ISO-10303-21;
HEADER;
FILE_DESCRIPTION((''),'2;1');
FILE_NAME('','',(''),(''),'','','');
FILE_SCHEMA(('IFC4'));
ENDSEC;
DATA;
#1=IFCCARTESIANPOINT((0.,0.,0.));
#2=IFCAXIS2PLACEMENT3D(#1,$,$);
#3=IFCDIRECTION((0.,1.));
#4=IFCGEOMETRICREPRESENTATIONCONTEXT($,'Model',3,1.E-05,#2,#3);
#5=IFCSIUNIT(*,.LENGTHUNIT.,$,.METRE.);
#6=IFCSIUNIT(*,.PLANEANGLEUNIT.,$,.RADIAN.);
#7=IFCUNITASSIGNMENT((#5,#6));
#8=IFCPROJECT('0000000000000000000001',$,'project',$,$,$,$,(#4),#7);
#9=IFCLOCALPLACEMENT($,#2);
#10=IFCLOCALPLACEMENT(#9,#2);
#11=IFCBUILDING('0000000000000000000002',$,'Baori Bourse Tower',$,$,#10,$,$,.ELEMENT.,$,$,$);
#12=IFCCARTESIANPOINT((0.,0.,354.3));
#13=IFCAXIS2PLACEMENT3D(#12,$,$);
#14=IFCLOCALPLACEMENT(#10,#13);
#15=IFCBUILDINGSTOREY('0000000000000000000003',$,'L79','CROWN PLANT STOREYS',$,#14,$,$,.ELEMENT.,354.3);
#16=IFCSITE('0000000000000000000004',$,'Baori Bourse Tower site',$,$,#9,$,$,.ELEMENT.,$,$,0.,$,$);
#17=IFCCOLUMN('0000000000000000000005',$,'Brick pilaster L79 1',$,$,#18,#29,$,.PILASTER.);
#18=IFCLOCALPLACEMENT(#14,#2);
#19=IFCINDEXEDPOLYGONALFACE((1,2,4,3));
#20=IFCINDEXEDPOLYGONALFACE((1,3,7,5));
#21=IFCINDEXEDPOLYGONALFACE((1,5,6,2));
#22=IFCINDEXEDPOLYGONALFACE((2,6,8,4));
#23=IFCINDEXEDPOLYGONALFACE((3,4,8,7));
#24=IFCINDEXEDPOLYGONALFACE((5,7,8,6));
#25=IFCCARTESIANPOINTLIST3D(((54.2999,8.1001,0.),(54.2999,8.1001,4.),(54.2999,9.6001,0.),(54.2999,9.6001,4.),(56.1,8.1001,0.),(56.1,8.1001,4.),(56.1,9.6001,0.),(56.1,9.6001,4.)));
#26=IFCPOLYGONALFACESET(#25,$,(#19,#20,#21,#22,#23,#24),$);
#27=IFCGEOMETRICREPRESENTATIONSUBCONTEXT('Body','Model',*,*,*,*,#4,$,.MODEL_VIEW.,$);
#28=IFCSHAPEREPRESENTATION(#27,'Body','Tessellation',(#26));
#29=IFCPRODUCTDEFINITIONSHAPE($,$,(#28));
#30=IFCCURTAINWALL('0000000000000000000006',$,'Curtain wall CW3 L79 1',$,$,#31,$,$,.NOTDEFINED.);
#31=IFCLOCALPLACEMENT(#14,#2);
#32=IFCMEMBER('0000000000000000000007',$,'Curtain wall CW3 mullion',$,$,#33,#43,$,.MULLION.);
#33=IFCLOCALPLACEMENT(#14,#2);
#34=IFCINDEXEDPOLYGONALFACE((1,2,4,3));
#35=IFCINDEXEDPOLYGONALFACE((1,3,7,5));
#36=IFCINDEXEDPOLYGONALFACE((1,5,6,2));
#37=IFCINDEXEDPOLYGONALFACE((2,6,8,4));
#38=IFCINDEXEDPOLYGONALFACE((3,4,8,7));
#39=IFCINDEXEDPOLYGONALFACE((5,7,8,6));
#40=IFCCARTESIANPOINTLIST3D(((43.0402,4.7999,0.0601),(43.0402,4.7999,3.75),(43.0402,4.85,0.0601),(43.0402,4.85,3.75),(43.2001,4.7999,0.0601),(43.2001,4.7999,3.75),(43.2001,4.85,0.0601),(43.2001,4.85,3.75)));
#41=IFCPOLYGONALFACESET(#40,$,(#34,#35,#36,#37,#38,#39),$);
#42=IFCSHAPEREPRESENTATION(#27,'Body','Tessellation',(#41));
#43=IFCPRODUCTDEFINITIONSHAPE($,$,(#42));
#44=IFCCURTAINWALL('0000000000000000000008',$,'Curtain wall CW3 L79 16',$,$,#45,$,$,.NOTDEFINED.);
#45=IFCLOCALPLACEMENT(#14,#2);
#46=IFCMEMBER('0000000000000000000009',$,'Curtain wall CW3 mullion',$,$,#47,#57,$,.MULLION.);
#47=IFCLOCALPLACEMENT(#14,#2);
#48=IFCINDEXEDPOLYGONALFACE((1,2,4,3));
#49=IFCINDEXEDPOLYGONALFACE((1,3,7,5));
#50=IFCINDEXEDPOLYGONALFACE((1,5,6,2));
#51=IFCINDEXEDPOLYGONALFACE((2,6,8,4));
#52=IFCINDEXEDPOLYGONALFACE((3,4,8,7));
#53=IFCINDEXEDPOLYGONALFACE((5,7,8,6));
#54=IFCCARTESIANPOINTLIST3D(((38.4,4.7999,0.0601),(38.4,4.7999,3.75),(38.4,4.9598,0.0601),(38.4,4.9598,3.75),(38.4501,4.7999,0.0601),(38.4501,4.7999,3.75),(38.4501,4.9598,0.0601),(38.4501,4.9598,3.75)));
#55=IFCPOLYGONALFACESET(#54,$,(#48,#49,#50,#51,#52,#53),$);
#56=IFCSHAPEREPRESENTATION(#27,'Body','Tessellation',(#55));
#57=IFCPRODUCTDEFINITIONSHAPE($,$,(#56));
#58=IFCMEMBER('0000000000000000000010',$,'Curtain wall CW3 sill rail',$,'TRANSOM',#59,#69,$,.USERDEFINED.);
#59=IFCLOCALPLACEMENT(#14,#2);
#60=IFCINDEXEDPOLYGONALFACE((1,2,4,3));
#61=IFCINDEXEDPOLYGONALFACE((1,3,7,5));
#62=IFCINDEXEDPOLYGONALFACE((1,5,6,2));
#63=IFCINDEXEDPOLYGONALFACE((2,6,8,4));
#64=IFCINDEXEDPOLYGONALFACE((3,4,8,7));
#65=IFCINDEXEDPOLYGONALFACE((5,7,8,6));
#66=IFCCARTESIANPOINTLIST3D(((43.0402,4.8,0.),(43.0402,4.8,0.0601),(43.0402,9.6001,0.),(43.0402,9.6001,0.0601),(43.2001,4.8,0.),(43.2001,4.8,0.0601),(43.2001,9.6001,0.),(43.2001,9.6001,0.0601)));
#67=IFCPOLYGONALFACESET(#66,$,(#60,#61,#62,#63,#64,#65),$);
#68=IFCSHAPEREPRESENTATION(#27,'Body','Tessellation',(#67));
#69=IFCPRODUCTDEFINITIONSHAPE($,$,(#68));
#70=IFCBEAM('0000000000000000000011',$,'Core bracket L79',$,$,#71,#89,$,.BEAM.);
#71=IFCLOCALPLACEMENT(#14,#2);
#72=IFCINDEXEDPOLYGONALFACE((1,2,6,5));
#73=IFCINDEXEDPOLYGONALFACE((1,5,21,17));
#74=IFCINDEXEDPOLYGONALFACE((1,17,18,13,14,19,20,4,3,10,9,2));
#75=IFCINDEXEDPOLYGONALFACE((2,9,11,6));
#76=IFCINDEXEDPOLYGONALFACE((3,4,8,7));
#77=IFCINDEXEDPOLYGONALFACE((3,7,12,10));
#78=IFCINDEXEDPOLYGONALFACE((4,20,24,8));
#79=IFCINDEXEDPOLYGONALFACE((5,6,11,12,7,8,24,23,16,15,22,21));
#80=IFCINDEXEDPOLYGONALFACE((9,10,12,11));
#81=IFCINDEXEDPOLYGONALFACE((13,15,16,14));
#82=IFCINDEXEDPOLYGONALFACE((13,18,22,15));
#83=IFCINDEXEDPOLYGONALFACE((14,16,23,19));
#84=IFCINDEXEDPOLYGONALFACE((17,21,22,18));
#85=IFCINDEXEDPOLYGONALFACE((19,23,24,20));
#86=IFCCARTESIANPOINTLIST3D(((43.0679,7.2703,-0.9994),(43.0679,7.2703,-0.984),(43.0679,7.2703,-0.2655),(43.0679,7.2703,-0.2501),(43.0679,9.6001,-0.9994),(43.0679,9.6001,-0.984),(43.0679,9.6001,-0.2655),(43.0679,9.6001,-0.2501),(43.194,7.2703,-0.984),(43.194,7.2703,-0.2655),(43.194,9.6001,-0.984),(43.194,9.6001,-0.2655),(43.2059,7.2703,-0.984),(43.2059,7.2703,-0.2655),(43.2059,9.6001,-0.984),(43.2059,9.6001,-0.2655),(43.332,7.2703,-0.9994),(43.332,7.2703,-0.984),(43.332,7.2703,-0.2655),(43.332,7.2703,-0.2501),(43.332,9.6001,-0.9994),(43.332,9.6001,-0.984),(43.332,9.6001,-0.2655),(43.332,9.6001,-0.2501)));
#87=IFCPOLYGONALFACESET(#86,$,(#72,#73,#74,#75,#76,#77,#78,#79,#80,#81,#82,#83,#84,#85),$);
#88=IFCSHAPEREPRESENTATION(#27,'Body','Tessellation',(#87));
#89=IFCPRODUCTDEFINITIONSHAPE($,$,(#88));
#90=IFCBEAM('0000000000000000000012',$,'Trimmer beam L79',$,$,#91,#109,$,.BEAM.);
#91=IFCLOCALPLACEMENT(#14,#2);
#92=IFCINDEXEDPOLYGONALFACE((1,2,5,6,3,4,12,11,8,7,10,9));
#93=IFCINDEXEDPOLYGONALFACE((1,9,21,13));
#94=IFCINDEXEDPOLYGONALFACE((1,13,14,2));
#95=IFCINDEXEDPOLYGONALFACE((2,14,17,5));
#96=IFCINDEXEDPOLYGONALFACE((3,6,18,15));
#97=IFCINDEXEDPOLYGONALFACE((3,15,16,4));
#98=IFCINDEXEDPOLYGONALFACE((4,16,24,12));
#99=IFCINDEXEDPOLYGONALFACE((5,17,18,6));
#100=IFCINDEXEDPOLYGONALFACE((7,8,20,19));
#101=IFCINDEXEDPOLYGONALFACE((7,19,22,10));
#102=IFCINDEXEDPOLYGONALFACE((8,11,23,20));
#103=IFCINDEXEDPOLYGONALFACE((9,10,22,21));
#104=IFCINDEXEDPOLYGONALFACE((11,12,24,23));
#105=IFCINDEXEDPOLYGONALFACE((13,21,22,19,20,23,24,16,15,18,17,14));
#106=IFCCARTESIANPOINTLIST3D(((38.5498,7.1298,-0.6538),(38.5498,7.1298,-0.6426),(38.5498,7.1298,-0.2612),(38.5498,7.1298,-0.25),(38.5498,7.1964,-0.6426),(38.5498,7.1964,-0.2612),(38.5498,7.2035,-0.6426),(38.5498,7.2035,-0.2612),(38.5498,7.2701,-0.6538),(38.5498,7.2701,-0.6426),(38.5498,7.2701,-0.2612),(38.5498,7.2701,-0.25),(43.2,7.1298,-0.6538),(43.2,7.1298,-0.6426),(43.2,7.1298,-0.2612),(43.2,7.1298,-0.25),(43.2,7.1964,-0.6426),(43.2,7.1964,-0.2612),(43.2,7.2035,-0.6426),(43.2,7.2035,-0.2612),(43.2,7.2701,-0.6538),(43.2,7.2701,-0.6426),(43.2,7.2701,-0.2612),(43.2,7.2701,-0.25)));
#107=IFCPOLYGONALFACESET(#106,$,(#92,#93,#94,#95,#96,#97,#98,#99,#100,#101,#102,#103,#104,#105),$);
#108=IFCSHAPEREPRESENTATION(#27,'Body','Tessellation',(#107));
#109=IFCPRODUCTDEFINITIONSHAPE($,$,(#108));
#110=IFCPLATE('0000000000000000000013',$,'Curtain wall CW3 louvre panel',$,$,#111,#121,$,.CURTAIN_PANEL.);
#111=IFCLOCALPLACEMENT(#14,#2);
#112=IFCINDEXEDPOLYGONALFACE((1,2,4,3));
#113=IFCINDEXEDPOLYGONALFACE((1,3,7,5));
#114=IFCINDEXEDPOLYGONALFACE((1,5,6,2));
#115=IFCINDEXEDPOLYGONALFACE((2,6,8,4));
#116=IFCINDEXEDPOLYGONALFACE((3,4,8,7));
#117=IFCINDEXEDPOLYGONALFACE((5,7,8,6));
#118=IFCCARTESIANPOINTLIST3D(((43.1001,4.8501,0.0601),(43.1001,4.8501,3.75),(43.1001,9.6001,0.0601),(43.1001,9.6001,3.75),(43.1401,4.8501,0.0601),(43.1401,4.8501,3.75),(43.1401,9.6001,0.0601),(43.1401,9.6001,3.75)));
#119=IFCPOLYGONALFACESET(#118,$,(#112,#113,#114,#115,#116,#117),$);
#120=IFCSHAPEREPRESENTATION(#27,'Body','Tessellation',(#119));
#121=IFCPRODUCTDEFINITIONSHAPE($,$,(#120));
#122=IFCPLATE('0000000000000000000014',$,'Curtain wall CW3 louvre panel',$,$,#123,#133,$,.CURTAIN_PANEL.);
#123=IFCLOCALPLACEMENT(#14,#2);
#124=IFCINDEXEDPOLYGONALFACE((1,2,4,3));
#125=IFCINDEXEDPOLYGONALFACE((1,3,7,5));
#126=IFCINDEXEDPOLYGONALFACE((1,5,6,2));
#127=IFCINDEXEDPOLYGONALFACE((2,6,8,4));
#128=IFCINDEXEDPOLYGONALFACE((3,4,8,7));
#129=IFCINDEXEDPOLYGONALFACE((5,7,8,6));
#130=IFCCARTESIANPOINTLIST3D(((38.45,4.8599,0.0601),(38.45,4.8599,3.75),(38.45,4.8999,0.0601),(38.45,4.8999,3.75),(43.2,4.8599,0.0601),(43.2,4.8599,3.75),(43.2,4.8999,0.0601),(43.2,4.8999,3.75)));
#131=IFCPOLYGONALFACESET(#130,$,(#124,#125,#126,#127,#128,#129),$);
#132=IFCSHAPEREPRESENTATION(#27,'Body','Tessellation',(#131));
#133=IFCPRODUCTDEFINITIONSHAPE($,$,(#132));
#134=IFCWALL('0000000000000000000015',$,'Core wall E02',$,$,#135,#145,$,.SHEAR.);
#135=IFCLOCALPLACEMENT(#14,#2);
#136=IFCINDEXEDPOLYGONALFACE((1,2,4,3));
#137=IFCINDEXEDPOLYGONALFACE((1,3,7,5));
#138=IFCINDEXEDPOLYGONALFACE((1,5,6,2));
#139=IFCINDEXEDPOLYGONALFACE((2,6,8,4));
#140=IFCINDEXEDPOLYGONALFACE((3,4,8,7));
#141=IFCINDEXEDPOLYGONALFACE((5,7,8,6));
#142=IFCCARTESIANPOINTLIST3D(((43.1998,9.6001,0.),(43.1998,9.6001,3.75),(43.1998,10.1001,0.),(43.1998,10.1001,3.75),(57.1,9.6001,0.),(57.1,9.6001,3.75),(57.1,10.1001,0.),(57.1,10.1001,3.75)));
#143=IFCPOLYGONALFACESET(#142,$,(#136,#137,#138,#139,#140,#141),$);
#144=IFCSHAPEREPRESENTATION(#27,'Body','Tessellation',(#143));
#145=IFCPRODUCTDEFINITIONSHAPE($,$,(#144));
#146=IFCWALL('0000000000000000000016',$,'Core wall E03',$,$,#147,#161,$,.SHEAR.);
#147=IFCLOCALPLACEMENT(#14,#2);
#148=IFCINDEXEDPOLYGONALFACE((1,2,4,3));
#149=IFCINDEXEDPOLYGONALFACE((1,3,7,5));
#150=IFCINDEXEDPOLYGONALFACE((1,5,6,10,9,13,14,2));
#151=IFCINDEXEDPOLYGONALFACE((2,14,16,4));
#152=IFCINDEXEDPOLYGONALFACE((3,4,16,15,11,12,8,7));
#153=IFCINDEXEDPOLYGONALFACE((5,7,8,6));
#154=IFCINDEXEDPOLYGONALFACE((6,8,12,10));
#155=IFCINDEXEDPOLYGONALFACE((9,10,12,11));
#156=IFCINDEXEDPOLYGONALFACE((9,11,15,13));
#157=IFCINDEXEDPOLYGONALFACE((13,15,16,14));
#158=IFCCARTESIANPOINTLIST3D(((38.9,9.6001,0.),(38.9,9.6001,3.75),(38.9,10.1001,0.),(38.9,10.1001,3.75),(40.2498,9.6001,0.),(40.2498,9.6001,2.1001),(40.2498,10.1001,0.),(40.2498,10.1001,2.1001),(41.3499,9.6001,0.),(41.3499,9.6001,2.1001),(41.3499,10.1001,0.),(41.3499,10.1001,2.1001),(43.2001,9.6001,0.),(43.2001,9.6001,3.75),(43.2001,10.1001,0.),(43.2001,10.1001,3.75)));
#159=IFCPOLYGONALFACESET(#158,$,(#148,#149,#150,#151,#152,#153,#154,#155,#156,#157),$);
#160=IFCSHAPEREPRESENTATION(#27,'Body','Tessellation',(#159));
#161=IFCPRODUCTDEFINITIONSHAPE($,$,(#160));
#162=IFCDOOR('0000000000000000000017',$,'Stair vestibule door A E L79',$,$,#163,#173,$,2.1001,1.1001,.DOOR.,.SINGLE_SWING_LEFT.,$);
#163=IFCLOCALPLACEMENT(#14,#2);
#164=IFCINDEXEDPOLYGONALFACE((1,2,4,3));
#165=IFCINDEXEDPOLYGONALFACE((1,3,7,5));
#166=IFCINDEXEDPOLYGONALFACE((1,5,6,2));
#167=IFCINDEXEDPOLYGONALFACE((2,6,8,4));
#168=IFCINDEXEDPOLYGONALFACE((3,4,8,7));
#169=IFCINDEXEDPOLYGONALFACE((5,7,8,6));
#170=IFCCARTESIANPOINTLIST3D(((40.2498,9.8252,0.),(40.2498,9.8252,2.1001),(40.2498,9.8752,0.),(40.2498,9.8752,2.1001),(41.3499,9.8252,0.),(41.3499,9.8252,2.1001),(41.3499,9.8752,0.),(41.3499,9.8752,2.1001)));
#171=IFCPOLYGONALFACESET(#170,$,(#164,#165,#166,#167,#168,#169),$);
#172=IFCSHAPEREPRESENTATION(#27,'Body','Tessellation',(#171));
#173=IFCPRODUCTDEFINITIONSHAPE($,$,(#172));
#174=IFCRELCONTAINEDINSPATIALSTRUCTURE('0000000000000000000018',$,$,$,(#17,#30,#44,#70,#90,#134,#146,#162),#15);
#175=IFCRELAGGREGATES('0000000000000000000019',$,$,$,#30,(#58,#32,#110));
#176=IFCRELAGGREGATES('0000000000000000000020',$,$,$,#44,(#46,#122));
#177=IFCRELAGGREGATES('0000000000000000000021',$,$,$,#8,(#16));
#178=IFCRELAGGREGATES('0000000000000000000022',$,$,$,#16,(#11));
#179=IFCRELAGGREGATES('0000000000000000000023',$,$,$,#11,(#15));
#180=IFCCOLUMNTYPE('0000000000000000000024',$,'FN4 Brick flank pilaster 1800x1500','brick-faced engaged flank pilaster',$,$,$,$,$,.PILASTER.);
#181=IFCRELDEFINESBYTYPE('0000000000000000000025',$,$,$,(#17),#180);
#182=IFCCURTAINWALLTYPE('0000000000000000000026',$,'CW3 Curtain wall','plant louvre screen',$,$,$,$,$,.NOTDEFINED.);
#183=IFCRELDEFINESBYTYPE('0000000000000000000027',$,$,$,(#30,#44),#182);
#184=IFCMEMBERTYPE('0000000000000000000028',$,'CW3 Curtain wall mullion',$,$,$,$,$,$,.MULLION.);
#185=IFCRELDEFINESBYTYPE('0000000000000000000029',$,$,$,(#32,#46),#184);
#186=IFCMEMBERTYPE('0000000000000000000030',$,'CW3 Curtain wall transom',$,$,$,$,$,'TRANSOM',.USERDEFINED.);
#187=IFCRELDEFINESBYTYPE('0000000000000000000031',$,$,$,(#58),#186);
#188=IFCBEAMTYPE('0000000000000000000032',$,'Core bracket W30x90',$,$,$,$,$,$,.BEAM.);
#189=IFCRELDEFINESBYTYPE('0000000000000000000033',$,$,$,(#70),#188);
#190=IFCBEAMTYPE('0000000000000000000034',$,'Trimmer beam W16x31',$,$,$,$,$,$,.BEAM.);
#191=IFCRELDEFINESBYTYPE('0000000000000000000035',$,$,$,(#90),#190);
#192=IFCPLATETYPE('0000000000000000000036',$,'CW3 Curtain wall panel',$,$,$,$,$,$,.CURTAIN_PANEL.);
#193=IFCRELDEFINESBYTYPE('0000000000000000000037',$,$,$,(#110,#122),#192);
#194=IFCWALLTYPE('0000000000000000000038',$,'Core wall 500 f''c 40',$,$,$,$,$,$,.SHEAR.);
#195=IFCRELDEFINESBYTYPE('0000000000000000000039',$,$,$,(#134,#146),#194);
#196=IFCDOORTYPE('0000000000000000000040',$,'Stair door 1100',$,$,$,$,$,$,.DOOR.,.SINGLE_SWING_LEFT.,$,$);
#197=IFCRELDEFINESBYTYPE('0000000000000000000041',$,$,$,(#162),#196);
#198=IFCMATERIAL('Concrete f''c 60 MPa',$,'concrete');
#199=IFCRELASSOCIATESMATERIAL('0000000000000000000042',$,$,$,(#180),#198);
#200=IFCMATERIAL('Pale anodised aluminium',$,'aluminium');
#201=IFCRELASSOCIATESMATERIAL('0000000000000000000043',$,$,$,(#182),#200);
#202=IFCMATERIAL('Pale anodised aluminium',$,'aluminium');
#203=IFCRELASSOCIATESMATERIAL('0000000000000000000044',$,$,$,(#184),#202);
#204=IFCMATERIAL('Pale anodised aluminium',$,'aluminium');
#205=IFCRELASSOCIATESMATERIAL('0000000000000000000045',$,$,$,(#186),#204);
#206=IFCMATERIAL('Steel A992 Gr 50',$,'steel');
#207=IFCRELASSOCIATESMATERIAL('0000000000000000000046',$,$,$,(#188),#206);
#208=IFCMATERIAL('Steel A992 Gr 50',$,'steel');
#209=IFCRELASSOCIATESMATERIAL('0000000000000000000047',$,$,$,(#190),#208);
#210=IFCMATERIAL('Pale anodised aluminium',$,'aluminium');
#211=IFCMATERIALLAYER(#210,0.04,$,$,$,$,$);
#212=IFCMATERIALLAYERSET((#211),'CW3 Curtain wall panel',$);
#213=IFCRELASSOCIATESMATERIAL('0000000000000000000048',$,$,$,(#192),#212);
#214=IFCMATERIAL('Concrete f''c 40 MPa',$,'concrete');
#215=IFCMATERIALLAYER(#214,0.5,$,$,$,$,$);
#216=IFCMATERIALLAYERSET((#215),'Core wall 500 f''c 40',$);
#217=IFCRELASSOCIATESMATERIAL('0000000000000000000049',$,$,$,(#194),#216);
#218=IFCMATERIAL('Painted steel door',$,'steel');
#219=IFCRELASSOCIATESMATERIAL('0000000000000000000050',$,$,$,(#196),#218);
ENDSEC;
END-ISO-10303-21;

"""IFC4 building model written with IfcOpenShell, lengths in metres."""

from ifc_helpers import new_model, si_unit, direction, frame, frame_2d, origin, origin_2d, place, context, subcontext, project, spatial, rectangle, i_section, extrude, material, layer, layer_set, material_profile, profile_set, type_object, element, fill, aggregate, save


model = new_model("IFC4")

# Units and contexts
model_context = context("Model", 3, precision=1e-05, world=origin(), true_north=direction((0.0, 1.0)))
body_context = subcontext(model_context, "Body", "Model", "MODEL_VIEW")
ifc_project = project(units=[si_unit("LENGTHUNIT", "METRE"), si_unit("PLANEANGLEUNIT", "RADIAN")], contexts=[model_context])

# Site, building, storey
site_placement = place(None, origin())
site = spatial("IfcSite", under=ifc_project, at=site_placement, Name="Baori Bourse Tower site", CompositionType="ELEMENT", RefElevation=0.0)
building_placement = place(site_placement, origin())
building = spatial("IfcBuilding", under=site, at=building_placement, Name="Baori Bourse Tower", CompositionType="ELEMENT")
storey_placement = place(building_placement, frame((0.0, 0.0, 354.3)))
storey = spatial("IfcBuildingStorey", under=building, at=storey_placement, Name="L79", Description="CROWN PLANT STOREYS", CompositionType="ELEMENT", Elevation=354.3)

# Column
ifc_material_1 = material(Name="Concrete f'c 60 MPa", Category="concrete")
ifc_material_profile_1 = material_profile(ifc_material_1, rectangle(XDim=1.8, YDim=1.5, at=origin_2d()), Name="RC 1800x1500")
ifc_profile_set_1 = profile_set([ifc_material_profile_1], Name="Concrete f'c 60 MPa")
column_type = type_object("IfcColumnType", Name="FN4 Brick flank pilaster 1800x1500", Description="brick-faced engaged flank pilaster", PredefinedType="PILASTER", material=ifc_profile_set_1)
column_placement = place(storey_placement, frame((55.2, 8.8501, 0.0), z_axis=(0.0, 0.0, 1.0), x_axis=(1.0, 0.0, 0.0)))
element("IfcColumn", 1, at=column_placement, inside=storey, type_object=column_type, Name="Brick pilaster L79 1", PredefinedType="PILASTER", context=body_context, shape_type="SweptSolid", body=[
    extrude(rectangle(XDim=1.8, YDim=1.5, at=origin_2d()), origin(), (0.0, 0.0, 1.0), 4.0),
])

# Curtain walls, members
ifc_material_2 = material(Name="Pale anodised aluminium", Category="aluminium")
curtain_wall_type = type_object("IfcCurtainWallType", Name="CW3 Curtain wall", Description="plant louvre screen", PredefinedType="NOTDEFINED", material=ifc_material_2)
curtain_wall_1_placement = place(storey_placement, origin())
curtain_wall_1 = element("IfcCurtainWall", 2, at=curtain_wall_1_placement, inside=storey, type_object=curtain_wall_type, Name="Curtain wall CW3 L79 1", PredefinedType="NOTDEFINED")
ifc_material_3 = material(Name="Pale anodised aluminium", Category="aluminium")
ifc_material_profile_2 = material_profile(ifc_material_3, rectangle(XDim=0.1599, YDim=0.05, at=origin_2d()), Name="Mullion 50x160")
ifc_profile_set_2 = profile_set([ifc_material_profile_2], Name="Pale anodised aluminium")
member_type_1 = type_object("IfcMemberType", Name="CW3 Curtain wall mullion", PredefinedType="MULLION", material=ifc_profile_set_2)
member_1_placement = place(storey_placement, frame((43.1201, 4.825, 0.0601), z_axis=(0.0, 0.0, 1.0), x_axis=(-1.0, 0.0, 0.0)))
member_1 = element("IfcMember", 3, at=member_1_placement, type_object=member_type_1, Name="Curtain wall CW3 mullion", PredefinedType="MULLION", context=body_context, shape_type="SweptSolid", body=[
    extrude(rectangle(XDim=0.1599, YDim=0.05, at=origin_2d()), origin(), (0.0, 0.0, 1.0), 3.6899),
])
curtain_wall_2_placement = place(storey_placement, origin())
curtain_wall_2 = element("IfcCurtainWall", 4, at=curtain_wall_2_placement, inside=storey, type_object=curtain_wall_type, Name="Curtain wall CW3 L79 16", PredefinedType="NOTDEFINED")
member_2_placement = place(storey_placement, frame((38.425, 4.8799, 0.0601), z_axis=(0.0, 0.0, 1.0), x_axis=(0.0, 1.0, 0.0)))
member_2 = element("IfcMember", 5, at=member_2_placement, type_object=member_type_1, Name="Curtain wall CW3 mullion", PredefinedType="MULLION", context=body_context, shape_type="SweptSolid", body=[
    extrude(rectangle(XDim=0.1599, YDim=0.05, at=origin_2d()), origin(), (0.0, 0.0, 1.0), 3.6899),
])

# Member
ifc_material_4 = material(Name="Pale anodised aluminium", Category="aluminium")
ifc_material_profile_3 = material_profile(ifc_material_4, rectangle(XDim=0.1599, YDim=0.0601, at=origin_2d()), Name="Transom 60x160")
ifc_profile_set_3 = profile_set([ifc_material_profile_3], Name="Pale anodised aluminium")
member_type_2 = type_object("IfcMemberType", Name="CW3 Curtain wall transom", ElementType="TRANSOM", PredefinedType="USERDEFINED", material=ifc_profile_set_3)
member_3_placement = place(storey_placement, frame((43.1201, 4.8, 0.03), z_axis=(0.0, 1.0, 0.0), x_axis=(-1.0, 0.0, 0.0)))
member_3 = element("IfcMember", 6, at=member_3_placement, type_object=member_type_2, Name="Curtain wall CW3 sill rail", ObjectType="TRANSOM", PredefinedType="USERDEFINED", context=body_context, shape_type="SweptSolid", body=[
    extrude(rectangle(XDim=0.1599, YDim=0.0601, at=origin_2d()), origin(), (0.0, 0.0, 1.0), 4.8),
])

# Beams
ifc_material_5 = material(Name="Steel A992 Gr 50", Category="steel")
ifc_material_profile_4 = material_profile(ifc_material_5, i_section(OverallWidth=0.2642, OverallDepth=0.7493, WebThickness=0.012, FlangeThickness=0.0154, at=origin_2d()), Name="W30x90")
ifc_profile_set_4 = profile_set([ifc_material_profile_4], Name="Steel A992 Gr 50")
beam_type_1 = type_object("IfcBeamType", Name="Core bracket W30x90", PredefinedType="BEAM", material=ifc_profile_set_4)
beam_1_placement = place(storey_placement, frame((43.2, 7.2703, -0.6248), z_axis=(0.0, 1.0, 0.0), x_axis=(-1.0, 0.0, 0.0)))
element("IfcBeam", 7, at=beam_1_placement, inside=storey, type_object=beam_type_1, Name="Core bracket L79", PredefinedType="BEAM", context=body_context, shape_type="SweptSolid", body=[
    extrude(i_section(OverallWidth=0.2642, OverallDepth=0.7493, WebThickness=0.012, FlangeThickness=0.0154, at=origin_2d()), origin(), (0.0, 0.0, 1.0), 2.3298),
])
ifc_material_6 = material(Name="Steel A992 Gr 50", Category="steel")
ifc_material_profile_5 = material_profile(ifc_material_6, i_section(OverallWidth=0.1404, OverallDepth=0.4038, WebThickness=0.0071, FlangeThickness=0.0112, at=origin_2d()), Name="W16x31")
ifc_profile_set_5 = profile_set([ifc_material_profile_5], Name="Steel A992 Gr 50")
beam_type_2 = type_object("IfcBeamType", Name="Trimmer beam W16x31", PredefinedType="BEAM", material=ifc_profile_set_5)
beam_2_placement = place(storey_placement, frame((38.5498, 7.2, -0.4519), z_axis=(1.0, 0.0, 0.0), x_axis=(0.0, 1.0, 0.0)))
element("IfcBeam", 8, at=beam_2_placement, inside=storey, type_object=beam_type_2, Name="Trimmer beam L79", PredefinedType="BEAM", context=body_context, shape_type="SweptSolid", body=[
    extrude(i_section(OverallWidth=0.1404, OverallDepth=0.4038, WebThickness=0.0071, FlangeThickness=0.0112, at=origin_2d()), origin(), (0.0, 0.0, 1.0), 4.6501),
])

# Plates
ifc_material_7 = material(Name="Pale anodised aluminium", Category="aluminium")
ifc_layer_1 = layer(ifc_material_7, 0.04)
ifc_layer_set_1 = layer_set([ifc_layer_1], Name="CW3 Curtain wall panel")
plate_type = type_object("IfcPlateType", Name="CW3 Curtain wall panel", PredefinedType="CURTAIN_PANEL", material=ifc_layer_set_1)
plate_1_placement = place(storey_placement, frame((43.1201, 7.2251, 0.0601), z_axis=(0.0, 0.0, 1.0), x_axis=(0.0, 1.0, 0.0)))
plate_1 = element("IfcPlate", 9, at=plate_1_placement, type_object=plate_type, Name="Curtain wall CW3 louvre panel", PredefinedType="CURTAIN_PANEL", context=body_context, shape_type="SweptSolid", body=[
    extrude(rectangle(XDim=4.75, YDim=0.04, at=origin_2d()), origin(), (0.0, 0.0, 1.0), 3.6899),
])
aggregate(curtain_wall_1, [member_3, member_1, plate_1])
plate_2_placement = place(storey_placement, frame((40.825, 4.8799, 0.0601), z_axis=(0.0, 0.0, 1.0), x_axis=(1.0, 0.0, 0.0)))
plate_2 = element("IfcPlate", 10, at=plate_2_placement, type_object=plate_type, Name="Curtain wall CW3 louvre panel", PredefinedType="CURTAIN_PANEL", context=body_context, shape_type="SweptSolid", body=[
    extrude(rectangle(XDim=4.75, YDim=0.04, at=origin_2d()), origin(), (0.0, 0.0, 1.0), 3.6899),
])
aggregate(curtain_wall_2, [member_2, plate_2])

# Wall
ifc_material_8 = material(Name="Concrete f'c 40 MPa", Category="concrete")
ifc_layer_2 = layer(ifc_material_8, 0.5)
ifc_layer_set_2 = layer_set([ifc_layer_2], Name="Core wall 500 f'c 40")
wall_type_1 = type_object("IfcWallType", Name="Core wall 500 f'c 40", PredefinedType="SHEAR", material=ifc_layer_set_2)
wall_1_placement = place(storey_placement, frame((57.1001, 9.8501, 0.0), z_axis=(0.0, 0.0, 1.0), x_axis=(-1.0, 0.0, 0.0)))
element("IfcWall", 11, at=wall_1_placement, inside=storey, type_object=wall_type_1, Name="Core wall E02", PredefinedType="SHEAR", context=body_context, shape_type="SweptSolid", body=[
    extrude(rectangle(XDim=13.9001, YDim=0.5, at=frame_2d((6.9502, 0.0))), origin(), (0.0, 0.0, 1.0), 3.75),
])

# Wall, opening, door
wall_2_placement = place(storey_placement, frame((43.2, 9.8501, 0.0), z_axis=(0.0, 0.0, 1.0), x_axis=(-1.0, 0.0, 0.0)))
wall_2 = element("IfcWall", 12, at=wall_2_placement, inside=storey, type_object=wall_type_1, Name="Core wall E03", PredefinedType="SHEAR", context=body_context, shape_type="SweptSolid", body=[
    extrude(rectangle(XDim=4.3, YDim=0.5, at=frame_2d((2.1499, 0.0))), origin(), (0.0, 0.0, 1.0), 3.75),
])
opening_1_placement = place(wall_2_placement, frame((1.8501, 0.0, 0.0)))
opening_1 = element("IfcOpeningElement", 13, at=opening_1_placement, cuts=wall_2, PredefinedType="OPENING", context=body_context, shape_type="SweptSolid", body=[
    extrude(rectangle(XDim=1.1001, YDim=2.1001, at=frame_2d((0.55, 1.05))), frame((0.0, 0.26, 0.0), z_axis=(0.0, -1.0, 0.0), x_axis=(1.0, 0.0, 0.0)), (0.0, 0.0, 1.0), 0.52),
])
ifc_material_9 = material(Name="Painted steel door", Category="steel")
door_type_1 = type_object("IfcDoorType", Name="Stair door 1100", OperationType="SINGLE_SWING_LEFT", PredefinedType="DOOR", material=ifc_material_9)
door_1_placement = place(opening_1_placement, origin())
door_1 = element("IfcDoor", 14, at=door_1_placement, inside=storey, type_object=door_type_1, Name="Stair vestibule door A E L79", OperationType="SINGLE_SWING_LEFT", OverallHeight=2.1001, OverallWidth=1.1001, PredefinedType="DOOR", context=body_context, shape_type="SweptSolid", body=[
    extrude(rectangle(XDim=1.1001, YDim=2.1001, at=frame_2d((0.55, 1.05))), frame((0.0, 0.0249, 0.0), z_axis=(0.0, -1.0, 0.0), x_axis=(1.0, 0.0, 0.0)), (0.0, 0.0, 1.0), 0.05),
])
fill(opening_1, door_1)

save(model, "model.ifc")
